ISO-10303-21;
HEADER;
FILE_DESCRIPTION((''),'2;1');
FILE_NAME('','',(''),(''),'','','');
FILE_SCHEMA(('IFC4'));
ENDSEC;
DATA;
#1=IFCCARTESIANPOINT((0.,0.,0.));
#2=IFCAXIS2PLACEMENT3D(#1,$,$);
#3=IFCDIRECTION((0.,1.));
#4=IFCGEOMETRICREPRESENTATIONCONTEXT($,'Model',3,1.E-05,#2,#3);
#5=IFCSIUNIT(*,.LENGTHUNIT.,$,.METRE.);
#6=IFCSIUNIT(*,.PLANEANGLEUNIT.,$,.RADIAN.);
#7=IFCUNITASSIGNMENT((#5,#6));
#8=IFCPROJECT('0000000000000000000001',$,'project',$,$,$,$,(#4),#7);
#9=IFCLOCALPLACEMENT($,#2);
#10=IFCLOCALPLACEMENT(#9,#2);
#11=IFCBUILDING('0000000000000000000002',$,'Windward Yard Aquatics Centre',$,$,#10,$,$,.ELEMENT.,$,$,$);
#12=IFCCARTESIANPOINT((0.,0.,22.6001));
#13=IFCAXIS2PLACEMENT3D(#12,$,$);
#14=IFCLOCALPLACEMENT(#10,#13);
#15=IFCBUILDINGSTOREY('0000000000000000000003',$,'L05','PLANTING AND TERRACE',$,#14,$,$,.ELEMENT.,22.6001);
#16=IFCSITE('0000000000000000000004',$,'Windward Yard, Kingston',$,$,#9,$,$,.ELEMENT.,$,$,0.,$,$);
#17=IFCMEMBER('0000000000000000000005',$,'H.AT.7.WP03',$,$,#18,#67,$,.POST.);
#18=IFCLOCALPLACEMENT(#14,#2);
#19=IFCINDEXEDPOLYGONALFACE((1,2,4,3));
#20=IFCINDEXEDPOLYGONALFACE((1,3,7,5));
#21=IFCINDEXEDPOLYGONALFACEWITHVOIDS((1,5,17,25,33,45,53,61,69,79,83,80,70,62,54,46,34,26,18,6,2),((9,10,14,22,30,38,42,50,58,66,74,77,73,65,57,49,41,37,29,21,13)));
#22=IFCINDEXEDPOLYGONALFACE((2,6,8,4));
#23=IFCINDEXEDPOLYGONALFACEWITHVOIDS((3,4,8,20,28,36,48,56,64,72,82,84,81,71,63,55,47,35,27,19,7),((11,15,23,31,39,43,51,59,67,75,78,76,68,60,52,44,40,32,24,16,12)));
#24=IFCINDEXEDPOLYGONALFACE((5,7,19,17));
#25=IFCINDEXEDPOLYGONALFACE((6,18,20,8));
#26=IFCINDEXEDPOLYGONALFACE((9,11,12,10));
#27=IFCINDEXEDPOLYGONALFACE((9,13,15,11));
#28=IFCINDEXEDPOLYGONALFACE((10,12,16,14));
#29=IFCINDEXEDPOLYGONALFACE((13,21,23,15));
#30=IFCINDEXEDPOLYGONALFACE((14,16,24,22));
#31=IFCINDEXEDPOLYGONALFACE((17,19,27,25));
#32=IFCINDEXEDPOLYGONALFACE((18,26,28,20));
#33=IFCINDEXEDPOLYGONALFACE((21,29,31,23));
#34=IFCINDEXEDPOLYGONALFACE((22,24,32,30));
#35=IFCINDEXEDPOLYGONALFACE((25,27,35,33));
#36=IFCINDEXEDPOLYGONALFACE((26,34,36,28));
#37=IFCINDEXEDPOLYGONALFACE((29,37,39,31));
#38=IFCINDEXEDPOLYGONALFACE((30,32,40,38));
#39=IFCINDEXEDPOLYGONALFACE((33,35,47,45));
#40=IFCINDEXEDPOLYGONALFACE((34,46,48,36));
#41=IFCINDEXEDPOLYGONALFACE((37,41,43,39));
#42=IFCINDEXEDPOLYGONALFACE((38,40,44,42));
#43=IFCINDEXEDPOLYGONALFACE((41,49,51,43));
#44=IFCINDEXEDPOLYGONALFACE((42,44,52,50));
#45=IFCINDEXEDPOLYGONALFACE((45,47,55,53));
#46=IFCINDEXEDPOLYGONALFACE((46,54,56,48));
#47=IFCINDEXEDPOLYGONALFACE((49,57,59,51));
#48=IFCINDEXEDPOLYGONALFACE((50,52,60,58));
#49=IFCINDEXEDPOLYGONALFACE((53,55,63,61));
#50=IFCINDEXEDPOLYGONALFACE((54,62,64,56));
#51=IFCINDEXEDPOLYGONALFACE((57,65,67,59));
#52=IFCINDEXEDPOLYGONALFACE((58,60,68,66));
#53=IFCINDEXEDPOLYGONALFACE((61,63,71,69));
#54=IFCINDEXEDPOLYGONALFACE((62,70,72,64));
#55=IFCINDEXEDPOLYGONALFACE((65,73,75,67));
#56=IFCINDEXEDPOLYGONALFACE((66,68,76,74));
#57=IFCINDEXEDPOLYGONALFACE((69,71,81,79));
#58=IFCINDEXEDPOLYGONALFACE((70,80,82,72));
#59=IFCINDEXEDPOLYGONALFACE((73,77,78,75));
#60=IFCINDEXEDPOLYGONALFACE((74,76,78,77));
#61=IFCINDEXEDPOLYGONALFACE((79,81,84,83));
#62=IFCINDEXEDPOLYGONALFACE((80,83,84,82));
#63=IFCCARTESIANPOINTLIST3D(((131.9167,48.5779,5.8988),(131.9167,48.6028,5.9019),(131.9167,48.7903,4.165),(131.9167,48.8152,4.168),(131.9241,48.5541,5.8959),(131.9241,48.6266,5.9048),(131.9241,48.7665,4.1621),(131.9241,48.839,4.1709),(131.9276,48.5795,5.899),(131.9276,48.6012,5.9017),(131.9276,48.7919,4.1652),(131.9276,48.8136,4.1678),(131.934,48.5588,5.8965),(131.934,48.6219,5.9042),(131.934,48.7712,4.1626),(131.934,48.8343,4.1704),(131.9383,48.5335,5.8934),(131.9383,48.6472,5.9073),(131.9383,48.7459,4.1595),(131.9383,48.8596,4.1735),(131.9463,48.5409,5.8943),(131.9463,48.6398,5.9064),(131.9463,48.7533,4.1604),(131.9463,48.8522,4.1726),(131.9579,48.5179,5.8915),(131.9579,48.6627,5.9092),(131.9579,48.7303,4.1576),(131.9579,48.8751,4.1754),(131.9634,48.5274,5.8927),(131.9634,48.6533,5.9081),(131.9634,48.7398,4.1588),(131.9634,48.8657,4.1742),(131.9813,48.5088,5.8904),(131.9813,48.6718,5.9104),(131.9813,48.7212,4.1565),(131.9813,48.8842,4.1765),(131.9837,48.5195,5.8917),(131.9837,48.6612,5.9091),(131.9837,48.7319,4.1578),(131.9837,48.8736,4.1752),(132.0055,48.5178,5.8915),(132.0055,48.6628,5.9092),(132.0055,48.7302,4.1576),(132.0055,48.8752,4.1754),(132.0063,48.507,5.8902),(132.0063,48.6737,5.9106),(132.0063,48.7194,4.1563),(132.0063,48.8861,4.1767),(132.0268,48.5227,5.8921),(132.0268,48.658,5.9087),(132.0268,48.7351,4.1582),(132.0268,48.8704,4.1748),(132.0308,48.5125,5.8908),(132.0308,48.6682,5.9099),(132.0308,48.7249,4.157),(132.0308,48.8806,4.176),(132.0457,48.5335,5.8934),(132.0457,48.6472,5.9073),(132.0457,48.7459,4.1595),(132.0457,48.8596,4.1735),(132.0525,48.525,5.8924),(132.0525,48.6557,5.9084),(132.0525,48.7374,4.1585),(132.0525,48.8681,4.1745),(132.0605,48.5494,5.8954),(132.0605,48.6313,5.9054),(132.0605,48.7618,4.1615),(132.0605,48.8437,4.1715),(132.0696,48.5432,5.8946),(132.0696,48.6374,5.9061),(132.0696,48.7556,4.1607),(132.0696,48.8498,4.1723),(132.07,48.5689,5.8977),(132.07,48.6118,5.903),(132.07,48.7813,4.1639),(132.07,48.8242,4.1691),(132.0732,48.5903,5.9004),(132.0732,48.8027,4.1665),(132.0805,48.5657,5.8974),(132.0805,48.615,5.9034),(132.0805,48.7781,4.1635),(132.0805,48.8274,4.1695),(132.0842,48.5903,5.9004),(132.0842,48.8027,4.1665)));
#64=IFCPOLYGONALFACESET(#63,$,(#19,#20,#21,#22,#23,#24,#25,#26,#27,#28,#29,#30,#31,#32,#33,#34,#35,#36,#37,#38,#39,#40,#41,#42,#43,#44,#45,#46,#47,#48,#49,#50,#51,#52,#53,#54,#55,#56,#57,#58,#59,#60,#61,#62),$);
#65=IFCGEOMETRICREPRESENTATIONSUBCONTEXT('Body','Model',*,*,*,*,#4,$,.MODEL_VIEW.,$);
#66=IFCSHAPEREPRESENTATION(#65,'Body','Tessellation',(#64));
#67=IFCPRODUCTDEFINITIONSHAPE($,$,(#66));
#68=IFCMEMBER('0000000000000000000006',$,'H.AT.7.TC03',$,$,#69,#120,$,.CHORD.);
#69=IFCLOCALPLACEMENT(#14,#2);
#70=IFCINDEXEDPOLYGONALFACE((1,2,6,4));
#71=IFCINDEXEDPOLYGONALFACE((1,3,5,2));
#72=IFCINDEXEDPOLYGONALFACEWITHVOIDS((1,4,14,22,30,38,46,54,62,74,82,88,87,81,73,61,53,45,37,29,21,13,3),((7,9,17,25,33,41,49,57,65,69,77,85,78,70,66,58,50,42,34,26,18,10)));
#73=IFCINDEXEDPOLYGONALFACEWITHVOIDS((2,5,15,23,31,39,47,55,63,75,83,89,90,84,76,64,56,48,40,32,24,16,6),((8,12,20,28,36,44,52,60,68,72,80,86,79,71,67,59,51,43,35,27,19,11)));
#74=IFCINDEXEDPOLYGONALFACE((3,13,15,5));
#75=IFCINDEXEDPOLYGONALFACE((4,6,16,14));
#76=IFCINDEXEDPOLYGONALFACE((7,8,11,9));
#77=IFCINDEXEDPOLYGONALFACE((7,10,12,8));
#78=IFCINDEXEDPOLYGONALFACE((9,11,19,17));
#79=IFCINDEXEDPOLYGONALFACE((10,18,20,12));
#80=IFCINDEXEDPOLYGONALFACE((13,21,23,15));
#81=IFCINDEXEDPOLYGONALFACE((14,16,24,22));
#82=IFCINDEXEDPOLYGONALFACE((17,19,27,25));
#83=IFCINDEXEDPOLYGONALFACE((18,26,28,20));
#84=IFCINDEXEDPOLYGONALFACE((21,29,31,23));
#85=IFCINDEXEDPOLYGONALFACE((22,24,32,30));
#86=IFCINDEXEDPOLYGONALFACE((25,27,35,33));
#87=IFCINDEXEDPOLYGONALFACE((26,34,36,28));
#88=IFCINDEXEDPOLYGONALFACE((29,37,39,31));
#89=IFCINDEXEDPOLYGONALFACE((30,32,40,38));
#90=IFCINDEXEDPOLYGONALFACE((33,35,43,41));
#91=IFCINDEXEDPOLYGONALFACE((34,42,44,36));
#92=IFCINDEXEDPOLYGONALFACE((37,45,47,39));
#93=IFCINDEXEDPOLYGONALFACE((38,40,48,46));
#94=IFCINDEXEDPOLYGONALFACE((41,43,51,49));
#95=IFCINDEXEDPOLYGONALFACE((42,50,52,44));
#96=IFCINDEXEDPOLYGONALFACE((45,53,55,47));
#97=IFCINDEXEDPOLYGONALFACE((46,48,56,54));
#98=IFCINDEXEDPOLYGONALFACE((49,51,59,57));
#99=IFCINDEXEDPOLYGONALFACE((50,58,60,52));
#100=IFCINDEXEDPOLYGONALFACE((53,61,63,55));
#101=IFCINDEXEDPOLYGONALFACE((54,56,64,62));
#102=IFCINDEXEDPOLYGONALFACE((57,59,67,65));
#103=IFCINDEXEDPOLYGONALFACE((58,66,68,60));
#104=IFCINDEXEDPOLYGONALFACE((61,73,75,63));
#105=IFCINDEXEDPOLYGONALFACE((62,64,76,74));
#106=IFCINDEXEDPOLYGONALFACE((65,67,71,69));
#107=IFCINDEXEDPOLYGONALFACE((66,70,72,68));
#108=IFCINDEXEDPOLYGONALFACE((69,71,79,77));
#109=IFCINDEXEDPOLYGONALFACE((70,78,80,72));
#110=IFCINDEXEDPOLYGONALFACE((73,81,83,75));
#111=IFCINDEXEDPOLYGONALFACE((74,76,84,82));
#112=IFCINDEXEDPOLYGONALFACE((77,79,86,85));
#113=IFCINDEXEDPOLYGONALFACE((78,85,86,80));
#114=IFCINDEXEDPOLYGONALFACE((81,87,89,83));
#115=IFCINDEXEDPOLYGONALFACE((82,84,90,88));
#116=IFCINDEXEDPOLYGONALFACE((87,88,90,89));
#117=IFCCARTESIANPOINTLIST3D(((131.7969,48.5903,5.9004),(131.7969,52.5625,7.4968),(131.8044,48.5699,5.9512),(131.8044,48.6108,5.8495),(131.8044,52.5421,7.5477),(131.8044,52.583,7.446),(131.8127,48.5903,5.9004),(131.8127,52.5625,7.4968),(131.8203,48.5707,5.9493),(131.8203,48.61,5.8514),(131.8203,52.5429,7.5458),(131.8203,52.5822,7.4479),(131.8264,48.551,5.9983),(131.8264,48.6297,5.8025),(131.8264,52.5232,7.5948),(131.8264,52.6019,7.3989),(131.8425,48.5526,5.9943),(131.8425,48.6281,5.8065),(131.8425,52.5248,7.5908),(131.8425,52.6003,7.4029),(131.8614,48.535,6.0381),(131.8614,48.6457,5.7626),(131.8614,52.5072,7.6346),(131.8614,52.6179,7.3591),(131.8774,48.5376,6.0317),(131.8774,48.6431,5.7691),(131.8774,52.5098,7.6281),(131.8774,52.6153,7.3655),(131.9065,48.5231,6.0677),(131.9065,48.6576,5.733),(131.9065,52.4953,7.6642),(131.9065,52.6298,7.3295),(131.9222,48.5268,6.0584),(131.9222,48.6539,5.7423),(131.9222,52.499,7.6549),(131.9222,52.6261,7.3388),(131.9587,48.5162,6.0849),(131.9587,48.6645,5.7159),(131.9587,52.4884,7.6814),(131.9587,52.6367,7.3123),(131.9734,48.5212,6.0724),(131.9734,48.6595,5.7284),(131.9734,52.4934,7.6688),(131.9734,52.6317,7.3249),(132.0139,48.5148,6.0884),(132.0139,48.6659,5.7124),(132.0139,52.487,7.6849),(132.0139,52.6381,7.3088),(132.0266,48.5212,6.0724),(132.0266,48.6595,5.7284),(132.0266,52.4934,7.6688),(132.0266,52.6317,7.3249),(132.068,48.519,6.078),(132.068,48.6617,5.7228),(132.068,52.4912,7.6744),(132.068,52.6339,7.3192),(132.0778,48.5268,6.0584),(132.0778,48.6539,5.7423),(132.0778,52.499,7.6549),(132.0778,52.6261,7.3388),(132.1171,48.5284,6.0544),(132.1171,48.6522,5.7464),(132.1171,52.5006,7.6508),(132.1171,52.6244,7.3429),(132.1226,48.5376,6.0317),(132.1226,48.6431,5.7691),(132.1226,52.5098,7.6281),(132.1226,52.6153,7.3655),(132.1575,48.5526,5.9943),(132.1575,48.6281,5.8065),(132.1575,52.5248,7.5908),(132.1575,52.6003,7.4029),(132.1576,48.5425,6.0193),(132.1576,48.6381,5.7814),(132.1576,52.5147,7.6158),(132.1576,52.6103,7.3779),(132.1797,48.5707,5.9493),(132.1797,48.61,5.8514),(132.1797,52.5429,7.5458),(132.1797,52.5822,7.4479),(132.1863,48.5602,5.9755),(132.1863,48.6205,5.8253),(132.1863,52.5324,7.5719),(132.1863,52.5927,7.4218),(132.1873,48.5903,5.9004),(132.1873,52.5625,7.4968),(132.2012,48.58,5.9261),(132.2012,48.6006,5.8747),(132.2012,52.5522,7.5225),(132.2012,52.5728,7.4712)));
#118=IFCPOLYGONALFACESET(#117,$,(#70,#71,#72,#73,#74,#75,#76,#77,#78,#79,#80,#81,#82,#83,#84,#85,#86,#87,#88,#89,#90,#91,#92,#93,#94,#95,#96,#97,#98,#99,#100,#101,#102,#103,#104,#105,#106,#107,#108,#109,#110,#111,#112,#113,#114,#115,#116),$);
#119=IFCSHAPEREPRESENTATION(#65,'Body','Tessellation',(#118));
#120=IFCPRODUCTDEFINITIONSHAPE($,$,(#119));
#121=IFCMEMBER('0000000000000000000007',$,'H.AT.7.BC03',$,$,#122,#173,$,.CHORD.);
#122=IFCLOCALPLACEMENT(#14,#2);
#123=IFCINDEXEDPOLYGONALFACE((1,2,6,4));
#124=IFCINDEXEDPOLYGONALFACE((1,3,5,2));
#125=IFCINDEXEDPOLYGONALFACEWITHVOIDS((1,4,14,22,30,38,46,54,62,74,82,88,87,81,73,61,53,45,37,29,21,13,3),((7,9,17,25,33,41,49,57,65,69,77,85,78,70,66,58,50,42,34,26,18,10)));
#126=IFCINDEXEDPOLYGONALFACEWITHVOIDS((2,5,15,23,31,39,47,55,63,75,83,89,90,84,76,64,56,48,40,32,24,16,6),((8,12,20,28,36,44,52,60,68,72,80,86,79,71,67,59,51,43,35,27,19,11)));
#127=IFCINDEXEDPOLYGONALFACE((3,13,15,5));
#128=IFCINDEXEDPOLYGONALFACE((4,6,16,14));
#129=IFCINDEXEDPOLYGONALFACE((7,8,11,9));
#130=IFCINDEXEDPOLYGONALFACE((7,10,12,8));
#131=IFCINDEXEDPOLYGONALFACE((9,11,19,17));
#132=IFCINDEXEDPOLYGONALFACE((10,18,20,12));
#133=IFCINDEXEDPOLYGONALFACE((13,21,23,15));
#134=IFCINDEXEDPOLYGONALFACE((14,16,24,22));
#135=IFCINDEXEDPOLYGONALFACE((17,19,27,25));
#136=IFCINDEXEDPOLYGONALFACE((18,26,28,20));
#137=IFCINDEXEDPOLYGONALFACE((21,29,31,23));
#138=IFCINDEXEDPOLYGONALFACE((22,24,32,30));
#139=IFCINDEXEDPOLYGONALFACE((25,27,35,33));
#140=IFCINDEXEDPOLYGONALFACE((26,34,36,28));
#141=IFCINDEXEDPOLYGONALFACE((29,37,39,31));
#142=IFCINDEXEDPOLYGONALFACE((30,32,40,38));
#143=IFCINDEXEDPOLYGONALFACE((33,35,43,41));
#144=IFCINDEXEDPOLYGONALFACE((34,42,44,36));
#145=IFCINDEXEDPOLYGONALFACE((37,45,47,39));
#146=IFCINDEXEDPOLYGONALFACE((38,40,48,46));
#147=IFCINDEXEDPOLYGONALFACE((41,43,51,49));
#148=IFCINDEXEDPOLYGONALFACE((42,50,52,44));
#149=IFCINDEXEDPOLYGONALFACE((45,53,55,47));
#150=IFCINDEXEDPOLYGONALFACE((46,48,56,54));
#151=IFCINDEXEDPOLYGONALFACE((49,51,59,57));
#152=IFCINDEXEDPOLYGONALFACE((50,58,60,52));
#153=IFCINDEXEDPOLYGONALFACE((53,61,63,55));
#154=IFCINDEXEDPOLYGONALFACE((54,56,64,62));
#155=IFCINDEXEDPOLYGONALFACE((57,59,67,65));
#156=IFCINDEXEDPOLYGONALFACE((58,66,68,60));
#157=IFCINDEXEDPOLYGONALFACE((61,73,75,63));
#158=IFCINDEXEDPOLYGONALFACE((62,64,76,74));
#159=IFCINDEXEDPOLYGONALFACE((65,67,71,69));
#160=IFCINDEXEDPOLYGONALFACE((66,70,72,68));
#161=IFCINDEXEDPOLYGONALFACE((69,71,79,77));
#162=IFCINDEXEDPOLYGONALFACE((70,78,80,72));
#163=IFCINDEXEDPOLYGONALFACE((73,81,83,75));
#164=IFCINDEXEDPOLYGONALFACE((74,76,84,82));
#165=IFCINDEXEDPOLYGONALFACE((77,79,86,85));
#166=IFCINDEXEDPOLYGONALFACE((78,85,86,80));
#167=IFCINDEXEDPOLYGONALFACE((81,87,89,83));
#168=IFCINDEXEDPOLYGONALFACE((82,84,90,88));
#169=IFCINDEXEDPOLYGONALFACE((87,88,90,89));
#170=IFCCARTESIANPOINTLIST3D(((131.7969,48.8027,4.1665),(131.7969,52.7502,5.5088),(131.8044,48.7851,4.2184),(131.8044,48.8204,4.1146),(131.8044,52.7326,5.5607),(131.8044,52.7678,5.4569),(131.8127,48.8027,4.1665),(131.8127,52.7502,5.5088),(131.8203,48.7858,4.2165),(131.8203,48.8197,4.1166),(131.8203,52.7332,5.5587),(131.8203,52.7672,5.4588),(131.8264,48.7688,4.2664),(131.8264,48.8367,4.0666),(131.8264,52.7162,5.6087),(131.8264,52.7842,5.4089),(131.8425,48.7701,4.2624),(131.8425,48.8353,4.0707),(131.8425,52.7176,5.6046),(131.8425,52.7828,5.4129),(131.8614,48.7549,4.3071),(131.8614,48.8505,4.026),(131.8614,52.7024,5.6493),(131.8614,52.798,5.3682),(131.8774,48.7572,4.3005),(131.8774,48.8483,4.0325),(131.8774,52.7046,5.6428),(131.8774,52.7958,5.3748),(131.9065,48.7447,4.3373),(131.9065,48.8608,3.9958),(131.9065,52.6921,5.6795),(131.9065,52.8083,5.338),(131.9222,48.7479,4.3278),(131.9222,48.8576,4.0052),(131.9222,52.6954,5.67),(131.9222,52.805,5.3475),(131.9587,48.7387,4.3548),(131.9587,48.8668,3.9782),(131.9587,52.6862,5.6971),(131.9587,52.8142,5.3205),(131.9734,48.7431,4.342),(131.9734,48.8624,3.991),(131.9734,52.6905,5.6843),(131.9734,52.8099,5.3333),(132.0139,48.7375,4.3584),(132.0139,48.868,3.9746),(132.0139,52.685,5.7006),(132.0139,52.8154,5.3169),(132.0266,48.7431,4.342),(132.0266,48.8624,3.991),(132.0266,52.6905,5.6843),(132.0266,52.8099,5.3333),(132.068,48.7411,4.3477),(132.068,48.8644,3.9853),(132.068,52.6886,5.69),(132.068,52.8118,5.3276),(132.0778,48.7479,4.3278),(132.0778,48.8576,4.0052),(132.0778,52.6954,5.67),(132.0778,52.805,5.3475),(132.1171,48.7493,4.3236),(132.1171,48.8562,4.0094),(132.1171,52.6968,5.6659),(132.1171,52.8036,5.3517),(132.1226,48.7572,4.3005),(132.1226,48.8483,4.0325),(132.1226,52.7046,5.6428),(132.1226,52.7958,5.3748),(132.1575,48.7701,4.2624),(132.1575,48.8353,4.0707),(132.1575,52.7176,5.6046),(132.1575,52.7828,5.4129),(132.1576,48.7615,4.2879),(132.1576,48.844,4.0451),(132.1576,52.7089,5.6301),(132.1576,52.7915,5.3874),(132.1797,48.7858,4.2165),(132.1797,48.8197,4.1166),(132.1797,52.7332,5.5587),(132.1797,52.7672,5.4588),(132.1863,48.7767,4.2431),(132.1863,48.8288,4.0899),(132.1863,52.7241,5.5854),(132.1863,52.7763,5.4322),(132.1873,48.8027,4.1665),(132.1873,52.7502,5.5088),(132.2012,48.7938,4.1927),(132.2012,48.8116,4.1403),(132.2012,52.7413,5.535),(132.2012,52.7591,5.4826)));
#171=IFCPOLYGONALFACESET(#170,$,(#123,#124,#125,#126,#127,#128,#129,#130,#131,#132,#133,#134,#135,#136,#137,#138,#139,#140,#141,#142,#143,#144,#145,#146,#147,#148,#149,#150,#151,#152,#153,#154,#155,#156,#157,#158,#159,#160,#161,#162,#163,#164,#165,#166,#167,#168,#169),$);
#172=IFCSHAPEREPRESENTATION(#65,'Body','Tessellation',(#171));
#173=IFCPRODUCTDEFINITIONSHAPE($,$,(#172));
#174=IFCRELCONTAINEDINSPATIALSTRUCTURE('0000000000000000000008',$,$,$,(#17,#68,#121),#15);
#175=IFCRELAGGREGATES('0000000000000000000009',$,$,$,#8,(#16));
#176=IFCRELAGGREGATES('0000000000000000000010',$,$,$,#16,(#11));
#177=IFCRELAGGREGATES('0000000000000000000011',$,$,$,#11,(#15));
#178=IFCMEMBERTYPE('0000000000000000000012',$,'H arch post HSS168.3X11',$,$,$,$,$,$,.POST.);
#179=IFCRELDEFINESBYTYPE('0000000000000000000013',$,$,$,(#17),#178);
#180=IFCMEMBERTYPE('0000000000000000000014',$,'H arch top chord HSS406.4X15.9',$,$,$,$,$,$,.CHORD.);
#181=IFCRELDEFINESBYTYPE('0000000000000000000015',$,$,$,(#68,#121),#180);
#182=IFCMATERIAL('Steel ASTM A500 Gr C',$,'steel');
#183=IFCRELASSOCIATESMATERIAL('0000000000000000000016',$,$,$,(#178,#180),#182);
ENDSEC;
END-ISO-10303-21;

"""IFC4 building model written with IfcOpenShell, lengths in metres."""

from ifc_helpers import new_model, si_unit, direction, frame, origin, origin_2d, place, context, subcontext, project, spatial, hollow_circle, extrude, material, material_profile, profile_set, type_object, element, save


model = new_model("IFC4")

# Units and contexts
model_context = context("Model", 3, precision=1e-05, world=origin(), true_north=direction((0.0, 1.0)))
body_context = subcontext(model_context, "Body", "Model", "MODEL_VIEW")
ifc_project = project(units=[si_unit("LENGTHUNIT", "METRE"), si_unit("PLANEANGLEUNIT", "RADIAN")], contexts=[model_context])

# Site, building, storey
site_placement = place(None, origin())
site = spatial("IfcSite", under=ifc_project, at=site_placement, Name="Windward Yard, Kingston", CompositionType="ELEMENT", RefElevation=0.0)
building_placement = place(site_placement, origin())
building = spatial("IfcBuilding", under=site, at=building_placement, Name="Windward Yard Aquatics Centre", CompositionType="ELEMENT")
storey_placement = place(building_placement, frame((0.0, 0.0, 22.6001)))
storey = spatial("IfcBuildingStorey", under=building, at=storey_placement, Name="L05", Description="PLANTING AND TERRACE", CompositionType="ELEMENT", Elevation=22.6001)

# Members
ifc_material_1 = material(Name="Steel ASTM A500 Gr C", Category="steel")
ifc_material_profile_1 = material_profile(ifc_material_1, hollow_circle(Radius=0.0842, WallThickness=0.011, at=origin_2d()), Name="HSS168.3X11")
ifc_profile_set_1 = profile_set([ifc_material_profile_1], Name="Steel ASTM A500 Gr C")
member_type_1 = type_object("IfcMemberType", Name="H arch post HSS168.3X11", PredefinedType="POST", material=ifc_profile_set_1)
member_1_placement = place(storey_placement, frame((132.0, 48.8027, 4.1665), z_axis=(0.0, -0.121592, 0.99258), x_axis=(1.0, 0.0, 0.0)))
element("IfcMember", 1, at=member_1_placement, inside=storey, type_object=member_type_1, Name="H.AT.7.WP03", PredefinedType="POST", context=body_context, shape_type="SweptSolid", body=[
    extrude(hollow_circle(Radius=0.0842, WallThickness=0.011, at=origin_2d()), origin(), (0.0, 0.0, 1.0), 1.7468),
])
ifc_material_profile_2 = material_profile(ifc_material_1, hollow_circle(Radius=0.2031, WallThickness=0.0159, at=origin_2d()), Name="HSS406.4X15.9")
ifc_profile_set_2 = profile_set([ifc_material_profile_2], Name="Steel ASTM A500 Gr C")
member_type_2 = type_object("IfcMemberType", Name="H arch top chord HSS406.4X15.9", PredefinedType="CHORD", material=ifc_profile_set_2)
member_2_placement = place(storey_placement, frame((132.0, 48.5903, 5.9004), z_axis=(0.0, 0.927866, 0.372914), x_axis=(-1.0, 0.0, 0.0)))
element("IfcMember", 2, at=member_2_placement, inside=storey, type_object=member_type_2, Name="H.AT.7.TC03", PredefinedType="CHORD", context=body_context, shape_type="SweptSolid", body=[
    extrude(hollow_circle(Radius=0.2031, WallThickness=0.0159, at=origin_2d()), origin(), (0.0, 0.0, 1.0), 4.281),
])
member_3_placement = place(storey_placement, frame((132.0, 48.8027, 4.1665), z_axis=(0.0, 0.946763, 0.321931), x_axis=(-1.0, 0.0, 0.0)))
element("IfcMember", 3, at=member_3_placement, inside=storey, type_object=member_type_2, Name="H.AT.7.BC03", PredefinedType="CHORD", context=body_context, shape_type="SweptSolid", body=[
    extrude(hollow_circle(Radius=0.2031, WallThickness=0.0159, at=origin_2d()), origin(), (0.0, 0.0, 1.0), 4.1694),
])

save(model, "model.ifc")
